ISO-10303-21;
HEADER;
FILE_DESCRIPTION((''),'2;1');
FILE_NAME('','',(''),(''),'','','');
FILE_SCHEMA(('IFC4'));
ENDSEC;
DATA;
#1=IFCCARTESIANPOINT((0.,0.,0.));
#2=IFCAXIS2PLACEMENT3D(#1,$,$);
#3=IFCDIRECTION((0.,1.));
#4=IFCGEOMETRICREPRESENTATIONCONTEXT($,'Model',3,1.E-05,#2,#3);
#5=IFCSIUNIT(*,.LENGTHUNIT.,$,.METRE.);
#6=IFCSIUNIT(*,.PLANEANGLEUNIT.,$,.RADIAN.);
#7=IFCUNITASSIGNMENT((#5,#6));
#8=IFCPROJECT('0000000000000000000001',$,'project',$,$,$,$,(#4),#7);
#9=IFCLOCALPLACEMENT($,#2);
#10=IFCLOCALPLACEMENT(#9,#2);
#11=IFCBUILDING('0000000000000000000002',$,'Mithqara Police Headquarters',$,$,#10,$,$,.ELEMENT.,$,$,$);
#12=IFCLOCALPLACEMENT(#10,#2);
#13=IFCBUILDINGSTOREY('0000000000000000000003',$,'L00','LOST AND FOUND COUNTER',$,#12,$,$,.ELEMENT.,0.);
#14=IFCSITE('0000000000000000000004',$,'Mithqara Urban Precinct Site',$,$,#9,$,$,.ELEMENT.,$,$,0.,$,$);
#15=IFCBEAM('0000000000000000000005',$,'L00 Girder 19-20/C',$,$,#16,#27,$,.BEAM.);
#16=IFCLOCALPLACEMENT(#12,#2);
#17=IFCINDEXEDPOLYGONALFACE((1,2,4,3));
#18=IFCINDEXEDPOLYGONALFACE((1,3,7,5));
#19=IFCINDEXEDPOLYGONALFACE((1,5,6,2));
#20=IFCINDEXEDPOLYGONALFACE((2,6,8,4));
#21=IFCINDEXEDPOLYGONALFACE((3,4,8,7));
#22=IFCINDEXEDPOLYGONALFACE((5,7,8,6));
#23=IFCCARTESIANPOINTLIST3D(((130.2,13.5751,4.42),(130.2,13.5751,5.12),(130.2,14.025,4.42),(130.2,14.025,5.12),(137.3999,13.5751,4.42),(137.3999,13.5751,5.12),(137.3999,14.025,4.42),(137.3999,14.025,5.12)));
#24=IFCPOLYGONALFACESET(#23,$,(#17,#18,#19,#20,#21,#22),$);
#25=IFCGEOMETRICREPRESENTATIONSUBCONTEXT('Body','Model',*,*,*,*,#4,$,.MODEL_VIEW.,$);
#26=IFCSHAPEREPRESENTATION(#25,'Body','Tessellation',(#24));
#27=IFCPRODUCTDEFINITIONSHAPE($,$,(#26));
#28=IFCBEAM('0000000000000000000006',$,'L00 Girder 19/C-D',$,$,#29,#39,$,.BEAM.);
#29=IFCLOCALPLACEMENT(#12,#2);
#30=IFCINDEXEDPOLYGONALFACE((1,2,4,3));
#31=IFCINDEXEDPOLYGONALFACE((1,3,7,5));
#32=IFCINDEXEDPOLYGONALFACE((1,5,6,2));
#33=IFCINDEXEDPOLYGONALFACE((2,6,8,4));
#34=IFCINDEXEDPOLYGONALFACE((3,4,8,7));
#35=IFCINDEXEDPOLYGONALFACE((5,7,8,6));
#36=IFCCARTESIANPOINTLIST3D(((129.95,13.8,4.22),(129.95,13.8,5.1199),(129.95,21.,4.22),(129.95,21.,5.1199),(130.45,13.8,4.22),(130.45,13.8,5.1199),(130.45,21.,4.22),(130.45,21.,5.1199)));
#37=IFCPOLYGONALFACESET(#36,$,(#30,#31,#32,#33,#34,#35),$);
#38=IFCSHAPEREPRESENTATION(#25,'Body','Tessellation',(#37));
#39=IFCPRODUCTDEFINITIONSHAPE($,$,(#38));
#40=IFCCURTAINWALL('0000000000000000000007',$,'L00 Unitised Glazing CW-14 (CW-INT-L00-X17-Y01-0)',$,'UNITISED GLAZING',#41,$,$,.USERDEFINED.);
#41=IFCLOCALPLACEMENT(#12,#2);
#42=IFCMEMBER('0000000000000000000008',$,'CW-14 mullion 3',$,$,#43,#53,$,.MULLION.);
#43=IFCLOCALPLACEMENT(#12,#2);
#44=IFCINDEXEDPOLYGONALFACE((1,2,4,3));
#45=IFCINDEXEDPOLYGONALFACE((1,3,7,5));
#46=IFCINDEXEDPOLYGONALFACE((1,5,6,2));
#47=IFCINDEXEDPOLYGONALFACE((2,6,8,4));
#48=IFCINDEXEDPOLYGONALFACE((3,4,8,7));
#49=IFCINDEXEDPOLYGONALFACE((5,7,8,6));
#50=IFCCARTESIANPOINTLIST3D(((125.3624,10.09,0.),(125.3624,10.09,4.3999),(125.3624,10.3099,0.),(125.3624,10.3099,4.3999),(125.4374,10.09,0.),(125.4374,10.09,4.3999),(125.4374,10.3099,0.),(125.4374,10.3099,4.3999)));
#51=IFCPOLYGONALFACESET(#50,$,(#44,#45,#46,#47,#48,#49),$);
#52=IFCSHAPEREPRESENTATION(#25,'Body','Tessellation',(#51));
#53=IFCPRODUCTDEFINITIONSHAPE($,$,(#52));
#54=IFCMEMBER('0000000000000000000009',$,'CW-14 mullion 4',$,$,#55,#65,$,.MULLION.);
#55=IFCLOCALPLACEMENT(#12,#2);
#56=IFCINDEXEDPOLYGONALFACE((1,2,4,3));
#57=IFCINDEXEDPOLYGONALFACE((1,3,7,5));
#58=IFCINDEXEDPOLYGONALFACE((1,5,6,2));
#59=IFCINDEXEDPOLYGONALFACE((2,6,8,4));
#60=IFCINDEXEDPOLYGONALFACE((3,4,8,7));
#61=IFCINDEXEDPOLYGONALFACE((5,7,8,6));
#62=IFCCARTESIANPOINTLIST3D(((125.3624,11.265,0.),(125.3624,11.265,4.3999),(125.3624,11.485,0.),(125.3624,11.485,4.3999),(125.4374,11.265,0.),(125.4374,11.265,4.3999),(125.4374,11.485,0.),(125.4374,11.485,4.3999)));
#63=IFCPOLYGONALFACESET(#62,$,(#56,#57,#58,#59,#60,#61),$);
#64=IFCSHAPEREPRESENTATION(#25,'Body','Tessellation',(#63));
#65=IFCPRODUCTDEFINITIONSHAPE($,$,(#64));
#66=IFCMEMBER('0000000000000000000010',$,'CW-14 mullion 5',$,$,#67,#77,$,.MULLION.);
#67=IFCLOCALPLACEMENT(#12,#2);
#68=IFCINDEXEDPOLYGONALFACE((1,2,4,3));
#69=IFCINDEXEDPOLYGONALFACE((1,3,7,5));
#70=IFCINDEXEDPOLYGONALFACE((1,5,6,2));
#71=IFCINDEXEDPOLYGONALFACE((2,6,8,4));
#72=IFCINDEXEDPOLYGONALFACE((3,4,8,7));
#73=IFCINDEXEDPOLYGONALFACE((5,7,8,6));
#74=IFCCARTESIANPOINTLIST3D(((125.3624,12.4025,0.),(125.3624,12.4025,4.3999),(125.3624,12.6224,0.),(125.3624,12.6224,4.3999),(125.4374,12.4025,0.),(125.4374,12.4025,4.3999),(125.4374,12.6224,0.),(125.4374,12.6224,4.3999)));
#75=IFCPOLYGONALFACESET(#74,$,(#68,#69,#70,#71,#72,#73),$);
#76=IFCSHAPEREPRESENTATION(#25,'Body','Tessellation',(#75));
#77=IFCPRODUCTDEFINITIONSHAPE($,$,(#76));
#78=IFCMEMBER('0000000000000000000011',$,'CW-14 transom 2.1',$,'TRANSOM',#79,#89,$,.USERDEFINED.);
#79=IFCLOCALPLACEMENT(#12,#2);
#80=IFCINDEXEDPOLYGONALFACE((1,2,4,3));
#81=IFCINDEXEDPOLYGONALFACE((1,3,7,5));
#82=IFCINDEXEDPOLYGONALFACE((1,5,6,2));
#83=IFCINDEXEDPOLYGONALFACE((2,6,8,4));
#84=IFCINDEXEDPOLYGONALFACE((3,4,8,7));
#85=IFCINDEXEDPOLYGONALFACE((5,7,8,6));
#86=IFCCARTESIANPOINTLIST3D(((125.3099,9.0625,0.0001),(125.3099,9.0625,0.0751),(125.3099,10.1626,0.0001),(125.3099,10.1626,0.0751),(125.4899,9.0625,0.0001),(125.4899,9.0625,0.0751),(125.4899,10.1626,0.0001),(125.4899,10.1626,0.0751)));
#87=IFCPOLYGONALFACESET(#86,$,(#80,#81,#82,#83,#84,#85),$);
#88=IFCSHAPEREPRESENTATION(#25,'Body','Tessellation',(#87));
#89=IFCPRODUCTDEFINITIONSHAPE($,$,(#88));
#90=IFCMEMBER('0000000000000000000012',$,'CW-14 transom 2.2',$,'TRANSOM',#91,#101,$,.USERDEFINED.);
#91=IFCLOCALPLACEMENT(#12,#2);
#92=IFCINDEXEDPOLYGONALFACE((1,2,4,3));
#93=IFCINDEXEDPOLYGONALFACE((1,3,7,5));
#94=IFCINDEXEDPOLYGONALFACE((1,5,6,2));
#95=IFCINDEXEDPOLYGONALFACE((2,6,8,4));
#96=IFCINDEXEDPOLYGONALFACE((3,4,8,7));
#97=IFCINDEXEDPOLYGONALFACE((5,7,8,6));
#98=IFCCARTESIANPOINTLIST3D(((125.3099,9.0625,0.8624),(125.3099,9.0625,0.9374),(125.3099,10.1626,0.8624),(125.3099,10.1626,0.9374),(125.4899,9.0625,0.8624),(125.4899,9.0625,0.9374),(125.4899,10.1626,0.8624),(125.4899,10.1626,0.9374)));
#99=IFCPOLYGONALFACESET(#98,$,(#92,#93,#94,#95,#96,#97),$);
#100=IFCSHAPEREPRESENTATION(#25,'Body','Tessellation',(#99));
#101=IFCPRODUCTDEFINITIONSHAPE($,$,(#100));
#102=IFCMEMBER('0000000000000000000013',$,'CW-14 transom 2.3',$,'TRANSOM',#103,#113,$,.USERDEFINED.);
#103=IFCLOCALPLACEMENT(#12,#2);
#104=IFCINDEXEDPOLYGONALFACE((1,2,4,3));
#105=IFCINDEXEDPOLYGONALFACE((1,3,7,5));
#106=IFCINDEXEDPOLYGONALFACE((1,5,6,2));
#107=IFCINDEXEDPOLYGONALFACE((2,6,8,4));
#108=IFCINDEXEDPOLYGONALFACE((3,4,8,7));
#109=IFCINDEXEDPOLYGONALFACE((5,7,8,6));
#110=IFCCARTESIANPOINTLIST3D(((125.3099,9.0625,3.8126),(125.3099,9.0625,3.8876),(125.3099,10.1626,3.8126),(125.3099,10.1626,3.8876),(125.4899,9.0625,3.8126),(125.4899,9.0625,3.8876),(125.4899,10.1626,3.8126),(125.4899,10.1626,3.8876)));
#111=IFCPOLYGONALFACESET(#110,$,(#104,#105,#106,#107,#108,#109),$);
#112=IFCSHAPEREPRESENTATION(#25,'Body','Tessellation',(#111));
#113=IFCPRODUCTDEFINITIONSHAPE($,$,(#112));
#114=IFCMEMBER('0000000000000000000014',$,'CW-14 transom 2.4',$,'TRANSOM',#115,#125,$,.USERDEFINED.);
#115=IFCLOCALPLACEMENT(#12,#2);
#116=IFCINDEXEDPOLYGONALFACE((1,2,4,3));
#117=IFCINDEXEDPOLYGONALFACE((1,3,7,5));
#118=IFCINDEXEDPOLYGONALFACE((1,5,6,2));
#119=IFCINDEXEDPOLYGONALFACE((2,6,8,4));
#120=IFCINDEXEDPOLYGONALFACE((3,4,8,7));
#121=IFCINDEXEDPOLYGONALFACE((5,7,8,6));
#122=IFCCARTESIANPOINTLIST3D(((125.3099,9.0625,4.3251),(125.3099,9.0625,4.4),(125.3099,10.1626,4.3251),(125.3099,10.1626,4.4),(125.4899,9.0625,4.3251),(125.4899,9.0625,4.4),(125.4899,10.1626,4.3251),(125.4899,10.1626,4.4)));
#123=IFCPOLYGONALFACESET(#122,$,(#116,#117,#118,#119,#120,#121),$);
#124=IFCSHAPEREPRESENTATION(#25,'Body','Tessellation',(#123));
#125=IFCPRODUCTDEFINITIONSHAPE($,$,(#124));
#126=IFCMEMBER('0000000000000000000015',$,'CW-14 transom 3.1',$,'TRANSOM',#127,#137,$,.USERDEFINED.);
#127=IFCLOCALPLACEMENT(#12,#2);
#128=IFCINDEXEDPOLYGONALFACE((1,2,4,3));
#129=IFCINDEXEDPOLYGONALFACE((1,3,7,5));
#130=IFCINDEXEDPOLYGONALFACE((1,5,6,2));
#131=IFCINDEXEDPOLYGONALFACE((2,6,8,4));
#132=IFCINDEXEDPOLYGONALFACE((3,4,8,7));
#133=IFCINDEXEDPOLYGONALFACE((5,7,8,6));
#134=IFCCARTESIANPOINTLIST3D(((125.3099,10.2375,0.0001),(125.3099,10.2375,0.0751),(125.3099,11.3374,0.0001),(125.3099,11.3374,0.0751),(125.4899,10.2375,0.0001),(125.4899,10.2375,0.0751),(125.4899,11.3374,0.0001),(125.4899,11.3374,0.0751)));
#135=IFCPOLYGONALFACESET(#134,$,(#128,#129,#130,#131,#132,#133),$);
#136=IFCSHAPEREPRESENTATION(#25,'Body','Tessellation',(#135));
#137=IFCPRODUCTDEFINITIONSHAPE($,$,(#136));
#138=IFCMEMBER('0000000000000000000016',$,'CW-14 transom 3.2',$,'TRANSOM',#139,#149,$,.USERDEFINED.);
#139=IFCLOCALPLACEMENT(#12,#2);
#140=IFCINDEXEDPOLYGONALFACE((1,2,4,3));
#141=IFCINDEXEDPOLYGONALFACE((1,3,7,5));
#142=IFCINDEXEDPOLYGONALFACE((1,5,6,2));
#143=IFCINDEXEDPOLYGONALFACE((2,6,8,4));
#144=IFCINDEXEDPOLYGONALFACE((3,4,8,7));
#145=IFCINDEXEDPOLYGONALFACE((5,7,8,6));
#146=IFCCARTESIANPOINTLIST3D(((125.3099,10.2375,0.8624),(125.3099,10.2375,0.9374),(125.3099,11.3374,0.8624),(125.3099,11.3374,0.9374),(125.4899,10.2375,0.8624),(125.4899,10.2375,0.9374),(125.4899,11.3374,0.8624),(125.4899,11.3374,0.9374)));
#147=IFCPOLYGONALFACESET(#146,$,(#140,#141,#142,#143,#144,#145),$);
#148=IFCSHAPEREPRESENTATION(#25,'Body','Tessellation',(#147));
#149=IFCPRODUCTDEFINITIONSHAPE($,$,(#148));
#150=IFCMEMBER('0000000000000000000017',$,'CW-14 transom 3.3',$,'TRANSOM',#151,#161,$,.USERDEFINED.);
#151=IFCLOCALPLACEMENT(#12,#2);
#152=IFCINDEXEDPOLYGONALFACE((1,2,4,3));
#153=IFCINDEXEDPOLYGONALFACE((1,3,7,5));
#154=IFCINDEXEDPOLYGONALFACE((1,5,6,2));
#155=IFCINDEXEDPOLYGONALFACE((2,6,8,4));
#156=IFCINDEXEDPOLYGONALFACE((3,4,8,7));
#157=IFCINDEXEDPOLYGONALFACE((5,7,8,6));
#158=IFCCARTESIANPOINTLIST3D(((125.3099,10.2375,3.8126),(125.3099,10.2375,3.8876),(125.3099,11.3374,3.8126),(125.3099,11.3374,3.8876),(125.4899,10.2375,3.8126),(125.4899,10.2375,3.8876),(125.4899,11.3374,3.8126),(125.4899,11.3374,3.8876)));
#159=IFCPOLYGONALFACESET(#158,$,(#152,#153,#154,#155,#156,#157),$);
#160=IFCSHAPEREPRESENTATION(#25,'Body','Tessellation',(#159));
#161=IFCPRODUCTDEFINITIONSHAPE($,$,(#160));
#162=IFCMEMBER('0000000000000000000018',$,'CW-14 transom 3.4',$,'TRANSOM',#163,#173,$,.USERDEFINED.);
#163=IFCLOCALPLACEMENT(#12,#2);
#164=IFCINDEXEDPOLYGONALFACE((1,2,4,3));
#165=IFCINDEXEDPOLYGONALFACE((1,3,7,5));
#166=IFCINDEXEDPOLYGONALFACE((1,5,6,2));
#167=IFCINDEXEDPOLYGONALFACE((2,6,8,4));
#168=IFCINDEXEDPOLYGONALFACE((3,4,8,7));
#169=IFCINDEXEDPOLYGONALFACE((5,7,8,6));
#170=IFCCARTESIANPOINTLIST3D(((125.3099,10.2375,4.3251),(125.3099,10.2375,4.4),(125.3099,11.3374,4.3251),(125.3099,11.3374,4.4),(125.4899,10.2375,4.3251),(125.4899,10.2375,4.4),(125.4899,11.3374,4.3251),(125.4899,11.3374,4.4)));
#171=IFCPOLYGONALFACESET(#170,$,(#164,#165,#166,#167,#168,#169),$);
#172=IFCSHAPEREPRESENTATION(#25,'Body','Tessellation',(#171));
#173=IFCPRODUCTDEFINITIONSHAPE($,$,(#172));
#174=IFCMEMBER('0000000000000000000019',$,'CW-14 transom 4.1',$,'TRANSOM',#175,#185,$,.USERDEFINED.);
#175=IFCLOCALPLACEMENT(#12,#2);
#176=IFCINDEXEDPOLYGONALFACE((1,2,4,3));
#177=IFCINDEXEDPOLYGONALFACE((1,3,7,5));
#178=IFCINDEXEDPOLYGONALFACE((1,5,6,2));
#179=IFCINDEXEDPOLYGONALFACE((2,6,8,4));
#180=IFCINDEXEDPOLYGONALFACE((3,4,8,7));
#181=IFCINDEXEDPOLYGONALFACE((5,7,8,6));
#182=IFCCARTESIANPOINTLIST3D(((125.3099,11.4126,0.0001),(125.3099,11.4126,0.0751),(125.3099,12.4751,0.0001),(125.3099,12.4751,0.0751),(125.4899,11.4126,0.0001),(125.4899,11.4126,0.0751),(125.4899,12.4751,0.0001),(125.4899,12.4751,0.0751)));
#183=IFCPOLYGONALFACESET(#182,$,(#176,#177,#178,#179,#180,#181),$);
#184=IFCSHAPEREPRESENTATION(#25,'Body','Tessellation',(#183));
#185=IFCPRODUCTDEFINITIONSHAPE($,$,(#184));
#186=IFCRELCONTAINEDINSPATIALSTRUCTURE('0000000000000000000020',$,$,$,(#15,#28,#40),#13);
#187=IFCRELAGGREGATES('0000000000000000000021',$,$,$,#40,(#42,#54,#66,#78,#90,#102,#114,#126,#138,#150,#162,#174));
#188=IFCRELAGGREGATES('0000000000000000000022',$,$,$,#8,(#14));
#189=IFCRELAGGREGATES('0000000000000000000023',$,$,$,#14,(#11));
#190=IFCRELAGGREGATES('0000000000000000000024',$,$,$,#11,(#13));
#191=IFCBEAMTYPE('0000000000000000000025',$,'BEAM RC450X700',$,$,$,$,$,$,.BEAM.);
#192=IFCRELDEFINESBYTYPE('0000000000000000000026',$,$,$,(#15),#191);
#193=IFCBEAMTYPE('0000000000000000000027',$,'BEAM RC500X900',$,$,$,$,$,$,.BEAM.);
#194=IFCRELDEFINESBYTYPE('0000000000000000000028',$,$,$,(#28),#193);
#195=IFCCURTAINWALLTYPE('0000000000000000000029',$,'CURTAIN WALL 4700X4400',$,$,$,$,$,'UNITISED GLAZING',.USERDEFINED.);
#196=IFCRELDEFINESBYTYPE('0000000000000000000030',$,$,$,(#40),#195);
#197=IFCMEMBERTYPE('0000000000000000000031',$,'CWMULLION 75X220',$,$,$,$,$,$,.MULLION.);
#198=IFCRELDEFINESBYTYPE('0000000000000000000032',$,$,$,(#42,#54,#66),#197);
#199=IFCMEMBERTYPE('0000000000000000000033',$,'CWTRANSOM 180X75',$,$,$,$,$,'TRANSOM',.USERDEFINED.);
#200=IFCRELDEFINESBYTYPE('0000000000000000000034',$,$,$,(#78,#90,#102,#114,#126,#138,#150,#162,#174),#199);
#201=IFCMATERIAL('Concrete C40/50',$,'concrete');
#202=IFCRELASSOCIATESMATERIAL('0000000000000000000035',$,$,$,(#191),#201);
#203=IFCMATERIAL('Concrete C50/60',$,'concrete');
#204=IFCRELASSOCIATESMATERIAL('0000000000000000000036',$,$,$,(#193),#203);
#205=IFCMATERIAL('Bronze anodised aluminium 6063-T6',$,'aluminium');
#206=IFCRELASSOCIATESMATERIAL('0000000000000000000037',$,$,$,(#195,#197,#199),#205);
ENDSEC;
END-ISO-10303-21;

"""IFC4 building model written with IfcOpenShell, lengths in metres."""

from ifc_helpers import new_model, si_unit, direction, frame, origin, origin_2d, place, context, subcontext, project, spatial, rectangle, extrude, material, material_profile, profile_set, type_object, element, aggregate, save


model = new_model("IFC4")

# Units and contexts
model_context = context("Model", 3, precision=1e-05, world=origin(), true_north=direction((0.0, 1.0)))
body_context = subcontext(model_context, "Body", "Model", "MODEL_VIEW")
ifc_project = project(units=[si_unit("LENGTHUNIT", "METRE"), si_unit("PLANEANGLEUNIT", "RADIAN")], contexts=[model_context])

# Site, building, storey
site_placement = place(None, origin())
site = spatial("IfcSite", under=ifc_project, at=site_placement, Name="Mithqara Urban Precinct Site", CompositionType="ELEMENT", RefElevation=0.0)
building_placement = place(site_placement, origin())
building = spatial("IfcBuilding", under=site, at=building_placement, Name="Mithqara Police Headquarters", CompositionType="ELEMENT")
storey_placement = place(building_placement, origin())
storey = spatial("IfcBuildingStorey", under=building, at=storey_placement, Name="L00", Description="LOST AND FOUND COUNTER", CompositionType="ELEMENT", Elevation=0.0)

# Shared definitions
ifc_material_1 = material(Name="Concrete C40/50", Category="concrete")

# Shared definitions
ifc_material_2 = material(Name="Concrete C50/60", Category="concrete")

# Beams
ifc_material_profile_1 = material_profile(ifc_material_1, rectangle(XDim=0.45, YDim=0.7, at=origin_2d()), Name="RC 450x700")
ifc_profile_set_1 = profile_set([ifc_material_profile_1], Name="Concrete C40/50")
beam_type_1 = type_object("IfcBeamType", Name="BEAM RC450X700", PredefinedType="BEAM", material=ifc_profile_set_1)
beam_1_placement = place(storey_placement, frame((130.2, 13.8, 4.77), z_axis=(1.0, 0.0, 0.0), x_axis=(0.0, 1.0, 0.0)))
element("IfcBeam", 1, at=beam_1_placement, inside=storey, type_object=beam_type_1, Name="L00 Girder 19-20/C", PredefinedType="BEAM", context=body_context, shape_type="SweptSolid", body=[
    extrude(rectangle(XDim=0.45, YDim=0.7, at=origin_2d()), origin(), (0.0, 0.0, 1.0), 7.2),
])
ifc_material_profile_2 = material_profile(ifc_material_2, rectangle(XDim=0.5, YDim=0.8999, at=origin_2d()), Name="RC 500x900")
ifc_profile_set_2 = profile_set([ifc_material_profile_2], Name="Concrete C50/60")
beam_type_2 = type_object("IfcBeamType", Name="BEAM RC500X900", PredefinedType="BEAM", material=ifc_profile_set_2)
beam_2_placement = place(storey_placement, frame((130.2, 13.8, 4.6699), z_axis=(0.0, 1.0, 0.0), x_axis=(-1.0, 0.0, 0.0)))
element("IfcBeam", 2, at=beam_2_placement, inside=storey, type_object=beam_type_2, Name="L00 Girder 19/C-D", PredefinedType="BEAM", context=body_context, shape_type="SweptSolid", body=[
    extrude(rectangle(XDim=0.5, YDim=0.8999, at=origin_2d()), origin(), (0.0, 0.0, 1.0), 7.2),
])

# Curtain wall, members
ifc_material_3 = material(Name="Bronze anodised aluminium 6063-T6", Category="aluminium")
curtain_wall_type = type_object("IfcCurtainWallType", Name="CURTAIN WALL 4700X4400", ElementType="UNITISED GLAZING", PredefinedType="USERDEFINED", material=ifc_material_3)
curtain_wall_placement = place(storey_placement, origin())
curtain_wall = element("IfcCurtainWall", 3, at=curtain_wall_placement, inside=storey, type_object=curtain_wall_type, Name="L00 Unitised Glazing CW-14 (CW-INT-L00-X17-Y01-0)", ObjectType="UNITISED GLAZING", PredefinedType="USERDEFINED")
ifc_material_profile_3 = material_profile(ifc_material_3, rectangle(XDim=0.075, YDim=0.22, at=origin_2d()), Name="CWM 75x220")
ifc_profile_set_3 = profile_set([ifc_material_profile_3], Name="Bronze anodised aluminium 6063-T6")
member_type_1 = type_object("IfcMemberType", Name="CWMULLION 75X220", PredefinedType="MULLION", material=ifc_profile_set_3)
member_1_placement = place(storey_placement, frame((125.3999, 10.2, 0.0), z_axis=(0.0, 0.0, 1.0), x_axis=(-1.0, 0.0, 0.0)))
member_1 = element("IfcMember", 4, at=member_1_placement, type_object=member_type_1, Name="CW-14 mullion 3", PredefinedType="MULLION", context=body_context, shape_type="SweptSolid", body=[
    extrude(rectangle(XDim=0.075, YDim=0.22, at=origin_2d()), origin(), (0.0, 0.0, 1.0), 4.3999),
])
member_2_placement = place(storey_placement, frame((125.3999, 11.375, 0.0), z_axis=(0.0, 0.0, 1.0), x_axis=(-1.0, 0.0, 0.0)))
member_2 = element("IfcMember", 5, at=member_2_placement, type_object=member_type_1, Name="CW-14 mullion 4", PredefinedType="MULLION", context=body_context, shape_type="SweptSolid", body=[
    extrude(rectangle(XDim=0.075, YDim=0.22, at=origin_2d()), origin(), (0.0, 0.0, 1.0), 4.3999),
])
member_3_placement = place(storey_placement, frame((125.3999, 12.5125, 0.0), z_axis=(0.0, 0.0, 1.0), x_axis=(-1.0, 0.0, 0.0)))
member_3 = element("IfcMember", 6, at=member_3_placement, type_object=member_type_1, Name="CW-14 mullion 5", PredefinedType="MULLION", context=body_context, shape_type="SweptSolid", body=[
    extrude(rectangle(XDim=0.075, YDim=0.22, at=origin_2d()), origin(), (0.0, 0.0, 1.0), 4.3999),
])
ifc_material_profile_4 = material_profile(ifc_material_3, rectangle(XDim=0.1799, YDim=0.075, at=origin_2d()), Name="CWT 180x75")
ifc_profile_set_4 = profile_set([ifc_material_profile_4], Name="Bronze anodised aluminium 6063-T6")
member_type_2 = type_object("IfcMemberType", Name="CWTRANSOM 180X75", ElementType="TRANSOM", PredefinedType="USERDEFINED", material=ifc_profile_set_4)
member_4_placement = place(storey_placement, frame((125.3999, 9.0625, 0.0376), z_axis=(0.0, 1.0, 0.0), x_axis=(-1.0, 0.0, 0.0)))
member_4 = element("IfcMember", 7, at=member_4_placement, type_object=member_type_2, Name="CW-14 transom 2.1", ObjectType="TRANSOM", PredefinedType="USERDEFINED", context=body_context, shape_type="SweptSolid", body=[
    extrude(rectangle(XDim=0.1799, YDim=0.075, at=origin_2d()), origin(), (0.0, 0.0, 1.0), 1.1001),
])
member_5_placement = place(storey_placement, frame((125.3999, 9.0625, 0.8999), z_axis=(0.0, 1.0, 0.0), x_axis=(-1.0, 0.0, 0.0)))
member_5 = element("IfcMember", 8, at=member_5_placement, type_object=member_type_2, Name="CW-14 transom 2.2", ObjectType="TRANSOM", PredefinedType="USERDEFINED", context=body_context, shape_type="SweptSolid", body=[
    extrude(rectangle(XDim=0.1799, YDim=0.075, at=origin_2d()), origin(), (0.0, 0.0, 1.0), 1.1001),
])
member_6_placement = place(storey_placement, frame((125.3999, 9.0625, 3.8501), z_axis=(0.0, 1.0, 0.0), x_axis=(-1.0, 0.0, 0.0)))
member_6 = element("IfcMember", 9, at=member_6_placement, type_object=member_type_2, Name="CW-14 transom 2.3", ObjectType="TRANSOM", PredefinedType="USERDEFINED", context=body_context, shape_type="SweptSolid", body=[
    extrude(rectangle(XDim=0.1799, YDim=0.075, at=origin_2d()), origin(), (0.0, 0.0, 1.0), 1.1001),
])
member_7_placement = place(storey_placement, frame((125.3999, 9.0625, 4.3625), z_axis=(0.0, 1.0, 0.0), x_axis=(-1.0, 0.0, 0.0)))
member_7 = element("IfcMember", 10, at=member_7_placement, type_object=member_type_2, Name="CW-14 transom 2.4", ObjectType="TRANSOM", PredefinedType="USERDEFINED", context=body_context, shape_type="SweptSolid", body=[
    extrude(rectangle(XDim=0.1799, YDim=0.075, at=origin_2d()), origin(), (0.0, 0.0, 1.0), 1.1001),
])
member_8_placement = place(storey_placement, frame((125.3999, 10.2375, 0.0376), z_axis=(0.0, 1.0, 0.0), x_axis=(-1.0, 0.0, 0.0)))
member_8 = element("IfcMember", 11, at=member_8_placement, type_object=member_type_2, Name="CW-14 transom 3.1", ObjectType="TRANSOM", PredefinedType="USERDEFINED", context=body_context, shape_type="SweptSolid", body=[
    extrude(rectangle(XDim=0.1799, YDim=0.075, at=origin_2d()), origin(), (0.0, 0.0, 1.0), 1.0999),
])
member_9_placement = place(storey_placement, frame((125.3999, 10.2375, 0.8999), z_axis=(0.0, 1.0, 0.0), x_axis=(-1.0, 0.0, 0.0)))
member_9 = element("IfcMember", 12, at=member_9_placement, type_object=member_type_2, Name="CW-14 transom 3.2", ObjectType="TRANSOM", PredefinedType="USERDEFINED", context=body_context, shape_type="SweptSolid", body=[
    extrude(rectangle(XDim=0.1799, YDim=0.075, at=origin_2d()), origin(), (0.0, 0.0, 1.0), 1.0999),
])
member_10_placement = place(storey_placement, frame((125.3999, 10.2375, 3.8501), z_axis=(0.0, 1.0, 0.0), x_axis=(-1.0, 0.0, 0.0)))
member_10 = element("IfcMember", 13, at=member_10_placement, type_object=member_type_2, Name="CW-14 transom 3.3", ObjectType="TRANSOM", PredefinedType="USERDEFINED", context=body_context, shape_type="SweptSolid", body=[
    extrude(rectangle(XDim=0.1799, YDim=0.075, at=origin_2d()), origin(), (0.0, 0.0, 1.0), 1.0999),
])
member_11_placement = place(storey_placement, frame((125.3999, 10.2375, 4.3625), z_axis=(0.0, 1.0, 0.0), x_axis=(-1.0, 0.0, 0.0)))
member_11 = element("IfcMember", 14, at=member_11_placement, type_object=member_type_2, Name="CW-14 transom 3.4", ObjectType="TRANSOM", PredefinedType="USERDEFINED", context=body_context, shape_type="SweptSolid", body=[
    extrude(rectangle(XDim=0.1799, YDim=0.075, at=origin_2d()), origin(), (0.0, 0.0, 1.0), 1.0999),
])
member_12_placement = place(storey_placement, frame((125.3999, 11.4126, 0.0376), z_axis=(0.0, 1.0, 0.0), x_axis=(-1.0, 0.0, 0.0)))
member_12 = element("IfcMember", 15, at=member_12_placement, type_object=member_type_2, Name="CW-14 transom 4.1", ObjectType="TRANSOM", PredefinedType="USERDEFINED", context=body_context, shape_type="SweptSolid", body=[
    extrude(rectangle(XDim=0.1799, YDim=0.075, at=origin_2d()), origin(), (0.0, 0.0, 1.0), 1.0625),
])
aggregate(curtain_wall, [member_1, member_2, member_3, member_4, member_5, member_6, member_7, member_8, member_9, member_10, member_11, member_12])

save(model, "model.ifc")
